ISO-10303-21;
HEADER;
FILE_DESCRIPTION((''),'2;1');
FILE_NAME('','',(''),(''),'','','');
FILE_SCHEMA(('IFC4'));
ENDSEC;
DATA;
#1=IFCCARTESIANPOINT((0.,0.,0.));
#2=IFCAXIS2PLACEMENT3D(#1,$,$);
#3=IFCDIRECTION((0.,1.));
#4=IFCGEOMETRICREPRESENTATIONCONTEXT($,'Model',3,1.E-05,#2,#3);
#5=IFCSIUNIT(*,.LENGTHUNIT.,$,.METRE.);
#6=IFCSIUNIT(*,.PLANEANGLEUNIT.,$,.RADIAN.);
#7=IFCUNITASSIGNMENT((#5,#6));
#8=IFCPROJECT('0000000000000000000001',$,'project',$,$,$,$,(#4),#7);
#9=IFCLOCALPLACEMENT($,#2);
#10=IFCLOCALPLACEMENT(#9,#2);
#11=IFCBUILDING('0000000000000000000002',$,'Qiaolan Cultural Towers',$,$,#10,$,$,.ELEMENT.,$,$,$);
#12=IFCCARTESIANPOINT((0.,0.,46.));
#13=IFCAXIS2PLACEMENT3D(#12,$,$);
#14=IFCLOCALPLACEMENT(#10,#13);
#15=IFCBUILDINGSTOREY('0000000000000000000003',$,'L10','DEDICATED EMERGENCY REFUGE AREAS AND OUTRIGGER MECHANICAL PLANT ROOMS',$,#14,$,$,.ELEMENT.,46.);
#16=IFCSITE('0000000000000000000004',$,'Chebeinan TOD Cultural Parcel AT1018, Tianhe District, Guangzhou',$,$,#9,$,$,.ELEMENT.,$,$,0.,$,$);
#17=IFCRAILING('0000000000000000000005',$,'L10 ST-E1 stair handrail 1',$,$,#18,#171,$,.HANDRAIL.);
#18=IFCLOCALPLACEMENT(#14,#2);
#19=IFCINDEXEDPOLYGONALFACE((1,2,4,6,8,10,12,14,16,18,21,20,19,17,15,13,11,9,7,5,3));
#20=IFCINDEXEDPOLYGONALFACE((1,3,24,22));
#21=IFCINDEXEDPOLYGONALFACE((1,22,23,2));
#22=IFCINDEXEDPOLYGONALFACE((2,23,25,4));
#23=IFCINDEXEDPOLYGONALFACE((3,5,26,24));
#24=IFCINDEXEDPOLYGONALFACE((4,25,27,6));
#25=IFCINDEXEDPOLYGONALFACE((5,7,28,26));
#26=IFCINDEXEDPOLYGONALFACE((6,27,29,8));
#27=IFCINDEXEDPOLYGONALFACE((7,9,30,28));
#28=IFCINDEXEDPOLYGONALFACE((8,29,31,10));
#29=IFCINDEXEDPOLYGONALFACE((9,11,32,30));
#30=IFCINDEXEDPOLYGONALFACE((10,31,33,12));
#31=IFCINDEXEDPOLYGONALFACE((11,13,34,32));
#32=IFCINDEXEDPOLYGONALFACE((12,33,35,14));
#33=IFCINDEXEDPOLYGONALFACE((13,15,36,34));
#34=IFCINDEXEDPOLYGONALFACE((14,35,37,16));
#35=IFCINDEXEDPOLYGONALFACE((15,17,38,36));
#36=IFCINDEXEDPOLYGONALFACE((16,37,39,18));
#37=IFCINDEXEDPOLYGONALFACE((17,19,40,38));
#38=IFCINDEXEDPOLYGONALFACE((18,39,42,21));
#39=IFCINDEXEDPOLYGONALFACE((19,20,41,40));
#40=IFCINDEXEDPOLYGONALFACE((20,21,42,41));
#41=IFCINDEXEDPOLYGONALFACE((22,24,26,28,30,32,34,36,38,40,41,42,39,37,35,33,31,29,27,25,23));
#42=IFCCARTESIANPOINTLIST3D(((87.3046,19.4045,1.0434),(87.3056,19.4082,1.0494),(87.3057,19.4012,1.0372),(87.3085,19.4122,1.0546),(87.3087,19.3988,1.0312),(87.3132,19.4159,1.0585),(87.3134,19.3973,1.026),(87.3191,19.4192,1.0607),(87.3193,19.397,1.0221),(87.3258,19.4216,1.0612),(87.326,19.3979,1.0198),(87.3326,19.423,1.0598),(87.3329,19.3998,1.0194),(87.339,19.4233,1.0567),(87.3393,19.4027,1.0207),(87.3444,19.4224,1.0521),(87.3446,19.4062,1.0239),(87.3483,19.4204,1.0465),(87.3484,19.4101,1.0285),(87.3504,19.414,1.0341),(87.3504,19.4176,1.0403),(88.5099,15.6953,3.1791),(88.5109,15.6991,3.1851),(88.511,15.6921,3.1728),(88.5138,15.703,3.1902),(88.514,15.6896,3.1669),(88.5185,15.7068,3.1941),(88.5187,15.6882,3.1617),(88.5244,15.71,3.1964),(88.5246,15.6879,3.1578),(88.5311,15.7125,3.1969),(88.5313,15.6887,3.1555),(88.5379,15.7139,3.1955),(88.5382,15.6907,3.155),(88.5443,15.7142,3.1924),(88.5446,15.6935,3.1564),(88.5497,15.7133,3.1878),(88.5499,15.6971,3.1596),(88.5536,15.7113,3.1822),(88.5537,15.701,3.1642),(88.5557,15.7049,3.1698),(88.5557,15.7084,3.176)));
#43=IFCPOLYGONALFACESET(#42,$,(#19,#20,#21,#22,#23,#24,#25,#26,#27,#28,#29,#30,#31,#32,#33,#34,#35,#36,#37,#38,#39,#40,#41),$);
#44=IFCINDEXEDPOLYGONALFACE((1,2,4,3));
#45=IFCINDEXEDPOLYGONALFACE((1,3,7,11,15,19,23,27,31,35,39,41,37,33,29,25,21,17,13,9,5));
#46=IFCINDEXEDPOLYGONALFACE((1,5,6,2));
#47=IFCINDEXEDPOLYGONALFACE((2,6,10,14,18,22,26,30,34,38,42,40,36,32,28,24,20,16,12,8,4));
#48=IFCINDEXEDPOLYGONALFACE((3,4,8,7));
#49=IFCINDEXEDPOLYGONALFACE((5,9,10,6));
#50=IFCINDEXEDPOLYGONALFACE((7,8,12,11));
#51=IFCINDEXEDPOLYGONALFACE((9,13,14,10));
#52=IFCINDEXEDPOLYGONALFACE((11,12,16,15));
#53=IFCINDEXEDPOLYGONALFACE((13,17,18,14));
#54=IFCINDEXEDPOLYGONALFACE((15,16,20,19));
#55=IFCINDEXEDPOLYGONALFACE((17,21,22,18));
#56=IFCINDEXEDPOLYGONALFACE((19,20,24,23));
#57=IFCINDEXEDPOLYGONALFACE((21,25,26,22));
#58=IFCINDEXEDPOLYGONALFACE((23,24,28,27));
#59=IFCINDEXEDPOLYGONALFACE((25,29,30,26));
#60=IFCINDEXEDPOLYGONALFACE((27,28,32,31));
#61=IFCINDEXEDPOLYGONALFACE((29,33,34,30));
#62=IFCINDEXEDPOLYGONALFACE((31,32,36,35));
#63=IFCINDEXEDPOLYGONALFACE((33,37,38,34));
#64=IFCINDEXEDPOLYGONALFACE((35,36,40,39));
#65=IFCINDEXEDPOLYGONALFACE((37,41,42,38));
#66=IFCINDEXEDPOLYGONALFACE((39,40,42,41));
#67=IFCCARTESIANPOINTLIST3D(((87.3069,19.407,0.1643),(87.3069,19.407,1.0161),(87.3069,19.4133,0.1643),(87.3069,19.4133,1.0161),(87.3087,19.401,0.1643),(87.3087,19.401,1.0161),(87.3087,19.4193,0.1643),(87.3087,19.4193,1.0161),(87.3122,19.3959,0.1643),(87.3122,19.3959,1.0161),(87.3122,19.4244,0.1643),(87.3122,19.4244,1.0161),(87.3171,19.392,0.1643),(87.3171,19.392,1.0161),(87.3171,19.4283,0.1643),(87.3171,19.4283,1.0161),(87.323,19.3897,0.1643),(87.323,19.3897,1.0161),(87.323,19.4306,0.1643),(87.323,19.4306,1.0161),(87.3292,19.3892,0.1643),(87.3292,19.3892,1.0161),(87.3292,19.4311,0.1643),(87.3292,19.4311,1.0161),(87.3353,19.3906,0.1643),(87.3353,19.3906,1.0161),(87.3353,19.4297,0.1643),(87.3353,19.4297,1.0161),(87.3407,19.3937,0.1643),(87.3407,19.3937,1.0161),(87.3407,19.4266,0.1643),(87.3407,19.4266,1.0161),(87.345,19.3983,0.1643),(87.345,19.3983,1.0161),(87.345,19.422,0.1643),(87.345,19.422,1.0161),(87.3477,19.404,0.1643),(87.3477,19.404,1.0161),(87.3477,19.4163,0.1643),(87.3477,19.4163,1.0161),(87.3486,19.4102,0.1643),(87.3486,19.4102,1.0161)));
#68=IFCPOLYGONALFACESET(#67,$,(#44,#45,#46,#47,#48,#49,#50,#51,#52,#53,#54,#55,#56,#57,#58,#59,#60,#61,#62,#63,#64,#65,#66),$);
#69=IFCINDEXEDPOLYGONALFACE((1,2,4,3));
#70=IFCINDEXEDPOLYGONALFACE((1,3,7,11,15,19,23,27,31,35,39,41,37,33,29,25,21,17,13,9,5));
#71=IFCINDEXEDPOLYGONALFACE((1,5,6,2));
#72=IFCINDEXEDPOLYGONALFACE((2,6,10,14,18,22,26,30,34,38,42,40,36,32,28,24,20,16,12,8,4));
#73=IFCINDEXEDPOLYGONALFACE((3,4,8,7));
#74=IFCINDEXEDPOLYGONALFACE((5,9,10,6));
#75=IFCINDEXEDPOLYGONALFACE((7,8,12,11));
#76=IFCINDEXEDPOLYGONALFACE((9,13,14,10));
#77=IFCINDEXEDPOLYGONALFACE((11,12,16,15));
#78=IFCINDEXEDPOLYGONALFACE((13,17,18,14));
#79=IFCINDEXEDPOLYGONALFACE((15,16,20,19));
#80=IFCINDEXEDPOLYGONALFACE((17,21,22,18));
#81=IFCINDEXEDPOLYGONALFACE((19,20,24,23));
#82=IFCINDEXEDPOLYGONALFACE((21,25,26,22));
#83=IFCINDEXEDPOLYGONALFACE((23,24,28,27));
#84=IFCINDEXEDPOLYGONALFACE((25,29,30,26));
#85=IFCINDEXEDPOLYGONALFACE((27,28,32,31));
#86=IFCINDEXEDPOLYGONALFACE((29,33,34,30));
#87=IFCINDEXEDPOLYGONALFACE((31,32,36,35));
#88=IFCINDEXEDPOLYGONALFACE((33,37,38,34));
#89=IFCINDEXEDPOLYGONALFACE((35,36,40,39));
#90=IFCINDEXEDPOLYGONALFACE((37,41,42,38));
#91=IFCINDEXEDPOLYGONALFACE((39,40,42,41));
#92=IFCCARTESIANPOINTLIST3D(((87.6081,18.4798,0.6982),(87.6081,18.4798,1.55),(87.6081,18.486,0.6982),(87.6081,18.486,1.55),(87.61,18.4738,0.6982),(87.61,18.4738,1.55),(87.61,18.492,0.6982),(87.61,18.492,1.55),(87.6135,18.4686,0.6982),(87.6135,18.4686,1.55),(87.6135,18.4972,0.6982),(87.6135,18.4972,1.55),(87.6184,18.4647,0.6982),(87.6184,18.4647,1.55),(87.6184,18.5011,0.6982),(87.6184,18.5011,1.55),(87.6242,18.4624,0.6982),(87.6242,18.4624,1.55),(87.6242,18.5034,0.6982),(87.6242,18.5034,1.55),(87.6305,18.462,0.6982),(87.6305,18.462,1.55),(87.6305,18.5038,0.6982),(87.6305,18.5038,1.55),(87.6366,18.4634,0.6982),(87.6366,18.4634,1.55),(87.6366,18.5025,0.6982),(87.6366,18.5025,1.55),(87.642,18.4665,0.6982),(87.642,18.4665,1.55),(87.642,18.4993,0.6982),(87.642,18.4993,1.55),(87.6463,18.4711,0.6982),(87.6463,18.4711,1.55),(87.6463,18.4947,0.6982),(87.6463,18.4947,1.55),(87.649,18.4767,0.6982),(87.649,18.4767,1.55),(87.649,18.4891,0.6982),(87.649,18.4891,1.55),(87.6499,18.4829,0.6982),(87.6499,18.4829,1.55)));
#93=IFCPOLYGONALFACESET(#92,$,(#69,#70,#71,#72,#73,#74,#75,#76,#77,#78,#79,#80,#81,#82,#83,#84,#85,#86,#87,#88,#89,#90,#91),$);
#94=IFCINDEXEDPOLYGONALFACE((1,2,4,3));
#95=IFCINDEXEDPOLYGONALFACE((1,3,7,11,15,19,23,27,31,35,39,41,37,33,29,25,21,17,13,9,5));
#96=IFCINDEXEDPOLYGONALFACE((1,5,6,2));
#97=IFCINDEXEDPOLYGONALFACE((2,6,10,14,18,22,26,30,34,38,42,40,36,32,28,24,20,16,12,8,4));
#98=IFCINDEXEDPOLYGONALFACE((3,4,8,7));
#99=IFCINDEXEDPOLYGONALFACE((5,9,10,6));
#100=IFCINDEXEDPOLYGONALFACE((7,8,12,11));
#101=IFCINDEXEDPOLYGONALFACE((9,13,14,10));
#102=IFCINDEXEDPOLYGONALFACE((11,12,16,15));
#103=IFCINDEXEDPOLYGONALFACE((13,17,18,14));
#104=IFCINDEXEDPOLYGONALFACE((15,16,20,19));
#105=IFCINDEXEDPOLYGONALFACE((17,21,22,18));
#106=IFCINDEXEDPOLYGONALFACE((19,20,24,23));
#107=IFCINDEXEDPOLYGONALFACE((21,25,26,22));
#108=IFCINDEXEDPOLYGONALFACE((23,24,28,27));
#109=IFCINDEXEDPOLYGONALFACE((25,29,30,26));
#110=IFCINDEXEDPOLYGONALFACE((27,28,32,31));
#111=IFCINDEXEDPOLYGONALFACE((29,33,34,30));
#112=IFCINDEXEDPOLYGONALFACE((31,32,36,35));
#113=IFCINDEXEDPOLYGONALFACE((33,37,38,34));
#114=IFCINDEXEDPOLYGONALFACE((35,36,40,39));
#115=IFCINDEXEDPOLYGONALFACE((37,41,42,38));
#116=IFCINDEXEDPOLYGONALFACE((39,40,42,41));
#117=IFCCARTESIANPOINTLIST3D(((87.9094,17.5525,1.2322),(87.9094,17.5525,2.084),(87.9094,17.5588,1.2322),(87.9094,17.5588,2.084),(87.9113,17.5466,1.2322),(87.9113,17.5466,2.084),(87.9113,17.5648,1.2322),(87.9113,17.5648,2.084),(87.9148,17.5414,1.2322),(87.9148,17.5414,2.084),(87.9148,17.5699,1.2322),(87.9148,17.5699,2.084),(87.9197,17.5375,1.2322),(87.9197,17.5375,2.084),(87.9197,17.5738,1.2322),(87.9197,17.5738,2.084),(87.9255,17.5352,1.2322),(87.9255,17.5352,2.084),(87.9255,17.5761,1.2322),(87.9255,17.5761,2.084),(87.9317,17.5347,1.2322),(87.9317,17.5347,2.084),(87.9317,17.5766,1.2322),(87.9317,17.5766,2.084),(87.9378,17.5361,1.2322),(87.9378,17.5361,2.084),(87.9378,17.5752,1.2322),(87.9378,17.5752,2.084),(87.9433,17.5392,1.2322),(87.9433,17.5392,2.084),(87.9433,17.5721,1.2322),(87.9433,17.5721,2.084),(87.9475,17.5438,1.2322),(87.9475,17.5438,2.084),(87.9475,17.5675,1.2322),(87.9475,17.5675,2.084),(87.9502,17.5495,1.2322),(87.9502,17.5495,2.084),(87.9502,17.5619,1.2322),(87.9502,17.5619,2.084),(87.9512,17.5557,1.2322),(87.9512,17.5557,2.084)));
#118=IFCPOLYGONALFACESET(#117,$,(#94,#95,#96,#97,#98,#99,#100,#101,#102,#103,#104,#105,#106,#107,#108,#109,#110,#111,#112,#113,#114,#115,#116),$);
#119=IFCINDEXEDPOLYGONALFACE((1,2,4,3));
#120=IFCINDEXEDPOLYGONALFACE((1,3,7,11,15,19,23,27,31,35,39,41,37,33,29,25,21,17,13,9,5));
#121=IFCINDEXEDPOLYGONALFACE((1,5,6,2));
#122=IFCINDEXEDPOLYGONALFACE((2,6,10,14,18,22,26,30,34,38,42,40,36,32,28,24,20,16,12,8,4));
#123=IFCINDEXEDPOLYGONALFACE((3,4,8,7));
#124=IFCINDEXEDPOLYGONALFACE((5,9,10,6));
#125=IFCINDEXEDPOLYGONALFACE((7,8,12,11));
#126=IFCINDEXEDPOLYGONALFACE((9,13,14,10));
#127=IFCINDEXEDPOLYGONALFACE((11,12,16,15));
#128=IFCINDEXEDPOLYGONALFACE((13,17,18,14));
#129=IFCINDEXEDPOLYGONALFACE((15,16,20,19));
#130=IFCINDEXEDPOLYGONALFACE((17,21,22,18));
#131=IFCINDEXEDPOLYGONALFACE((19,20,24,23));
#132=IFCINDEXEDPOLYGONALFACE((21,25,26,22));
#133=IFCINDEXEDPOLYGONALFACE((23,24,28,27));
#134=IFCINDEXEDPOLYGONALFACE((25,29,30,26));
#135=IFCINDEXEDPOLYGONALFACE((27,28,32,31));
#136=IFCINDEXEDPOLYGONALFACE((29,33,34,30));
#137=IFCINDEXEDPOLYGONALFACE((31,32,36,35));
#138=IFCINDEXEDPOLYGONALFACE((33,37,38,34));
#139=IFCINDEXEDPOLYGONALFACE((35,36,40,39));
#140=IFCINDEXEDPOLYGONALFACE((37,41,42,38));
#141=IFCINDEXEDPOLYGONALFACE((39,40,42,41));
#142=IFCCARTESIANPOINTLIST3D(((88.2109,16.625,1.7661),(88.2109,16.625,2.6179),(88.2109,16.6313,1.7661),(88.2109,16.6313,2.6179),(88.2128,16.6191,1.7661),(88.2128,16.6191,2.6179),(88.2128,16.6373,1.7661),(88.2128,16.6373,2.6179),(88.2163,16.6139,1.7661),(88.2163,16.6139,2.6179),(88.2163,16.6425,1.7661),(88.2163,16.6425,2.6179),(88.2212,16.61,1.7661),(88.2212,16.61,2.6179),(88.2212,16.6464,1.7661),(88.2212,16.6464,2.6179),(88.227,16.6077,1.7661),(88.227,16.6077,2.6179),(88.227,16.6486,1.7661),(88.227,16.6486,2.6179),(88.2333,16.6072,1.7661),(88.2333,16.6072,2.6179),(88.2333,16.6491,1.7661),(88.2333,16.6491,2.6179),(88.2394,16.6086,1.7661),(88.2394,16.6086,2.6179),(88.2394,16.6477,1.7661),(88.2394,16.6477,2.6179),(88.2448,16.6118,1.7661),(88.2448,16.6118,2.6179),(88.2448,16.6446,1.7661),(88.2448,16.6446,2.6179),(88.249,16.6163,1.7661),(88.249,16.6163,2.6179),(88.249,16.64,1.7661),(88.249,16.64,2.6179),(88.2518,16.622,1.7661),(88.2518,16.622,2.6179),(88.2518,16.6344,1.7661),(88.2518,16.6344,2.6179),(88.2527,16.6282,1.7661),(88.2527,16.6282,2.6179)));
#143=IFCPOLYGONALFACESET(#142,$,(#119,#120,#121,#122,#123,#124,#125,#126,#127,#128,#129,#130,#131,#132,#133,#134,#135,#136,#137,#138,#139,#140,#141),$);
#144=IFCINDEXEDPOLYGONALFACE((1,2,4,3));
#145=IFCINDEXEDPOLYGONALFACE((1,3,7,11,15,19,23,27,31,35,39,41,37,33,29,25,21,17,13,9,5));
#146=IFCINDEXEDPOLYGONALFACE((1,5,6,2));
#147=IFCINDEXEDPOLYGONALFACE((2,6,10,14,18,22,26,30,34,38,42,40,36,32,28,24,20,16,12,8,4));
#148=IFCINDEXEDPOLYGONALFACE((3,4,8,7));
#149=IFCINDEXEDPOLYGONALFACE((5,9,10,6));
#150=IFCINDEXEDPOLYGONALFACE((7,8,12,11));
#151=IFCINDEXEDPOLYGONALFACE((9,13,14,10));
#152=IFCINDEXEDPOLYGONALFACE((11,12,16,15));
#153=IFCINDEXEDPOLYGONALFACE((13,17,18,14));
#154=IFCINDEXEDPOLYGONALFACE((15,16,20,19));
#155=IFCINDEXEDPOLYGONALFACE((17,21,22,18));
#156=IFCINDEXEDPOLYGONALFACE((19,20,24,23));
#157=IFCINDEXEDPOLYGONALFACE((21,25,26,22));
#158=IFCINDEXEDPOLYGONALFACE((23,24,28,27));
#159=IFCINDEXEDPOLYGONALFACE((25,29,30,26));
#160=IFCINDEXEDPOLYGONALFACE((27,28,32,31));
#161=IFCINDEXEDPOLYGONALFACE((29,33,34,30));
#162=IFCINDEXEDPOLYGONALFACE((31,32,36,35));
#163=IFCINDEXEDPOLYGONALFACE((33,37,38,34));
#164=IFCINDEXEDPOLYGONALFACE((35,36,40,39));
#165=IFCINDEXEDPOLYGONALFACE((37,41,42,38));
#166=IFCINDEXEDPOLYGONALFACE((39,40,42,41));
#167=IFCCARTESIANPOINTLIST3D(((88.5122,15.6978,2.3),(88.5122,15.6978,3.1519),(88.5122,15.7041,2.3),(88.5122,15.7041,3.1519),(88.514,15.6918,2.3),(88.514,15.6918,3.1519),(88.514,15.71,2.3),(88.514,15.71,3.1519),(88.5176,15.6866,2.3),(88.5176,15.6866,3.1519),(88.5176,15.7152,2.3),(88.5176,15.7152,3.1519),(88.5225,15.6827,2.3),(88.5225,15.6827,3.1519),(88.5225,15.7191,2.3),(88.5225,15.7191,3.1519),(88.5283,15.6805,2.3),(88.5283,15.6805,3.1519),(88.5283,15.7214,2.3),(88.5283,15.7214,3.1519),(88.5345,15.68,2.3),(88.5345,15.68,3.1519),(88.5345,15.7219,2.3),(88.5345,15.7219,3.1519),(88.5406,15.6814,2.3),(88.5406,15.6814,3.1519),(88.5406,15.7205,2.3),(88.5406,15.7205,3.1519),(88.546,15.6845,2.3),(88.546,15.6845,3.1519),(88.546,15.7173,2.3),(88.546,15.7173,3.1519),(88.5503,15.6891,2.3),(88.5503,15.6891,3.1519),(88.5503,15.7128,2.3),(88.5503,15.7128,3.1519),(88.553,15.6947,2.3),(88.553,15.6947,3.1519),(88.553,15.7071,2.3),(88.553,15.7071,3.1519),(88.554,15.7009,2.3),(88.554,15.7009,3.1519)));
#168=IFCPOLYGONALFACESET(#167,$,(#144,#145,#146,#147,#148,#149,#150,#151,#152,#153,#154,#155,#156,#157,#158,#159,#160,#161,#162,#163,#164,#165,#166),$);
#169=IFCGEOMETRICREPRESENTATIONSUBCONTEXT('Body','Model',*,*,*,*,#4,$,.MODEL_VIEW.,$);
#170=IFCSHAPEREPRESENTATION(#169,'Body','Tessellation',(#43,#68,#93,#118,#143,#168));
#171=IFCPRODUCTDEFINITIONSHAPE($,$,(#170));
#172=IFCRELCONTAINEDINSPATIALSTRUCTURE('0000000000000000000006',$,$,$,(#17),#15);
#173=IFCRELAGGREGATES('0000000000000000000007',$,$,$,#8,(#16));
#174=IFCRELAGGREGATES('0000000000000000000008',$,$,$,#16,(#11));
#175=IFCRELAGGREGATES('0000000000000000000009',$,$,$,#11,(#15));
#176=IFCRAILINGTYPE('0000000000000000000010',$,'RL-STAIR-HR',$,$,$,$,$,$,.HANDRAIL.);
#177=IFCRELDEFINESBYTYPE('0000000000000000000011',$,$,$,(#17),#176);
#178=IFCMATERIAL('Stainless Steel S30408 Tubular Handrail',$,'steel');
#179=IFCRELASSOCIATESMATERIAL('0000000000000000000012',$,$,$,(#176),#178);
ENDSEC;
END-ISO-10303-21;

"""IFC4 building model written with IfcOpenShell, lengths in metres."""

from ifc_helpers import new_model, si_unit, direction, frame, origin, origin_2d, place, context, subcontext, project, spatial, circle, extrude, material, type_object, element, save


model = new_model("IFC4")

# Units and contexts
model_context = context("Model", 3, precision=1e-05, world=origin(), true_north=direction((0.0, 1.0)))
body_context = subcontext(model_context, "Body", "Model", "MODEL_VIEW")
ifc_project = project(units=[si_unit("LENGTHUNIT", "METRE"), si_unit("PLANEANGLEUNIT", "RADIAN")], contexts=[model_context])

# Site, building, storey
site_placement = place(None, origin())
site = spatial("IfcSite", under=ifc_project, at=site_placement, Name="Chebeinan TOD Cultural Parcel AT1018, Tianhe District, Guangzhou", CompositionType="ELEMENT", RefElevation=0.0)
building_placement = place(site_placement, origin())
building = spatial("IfcBuilding", under=site, at=building_placement, Name="Qiaolan Cultural Towers", CompositionType="ELEMENT")
storey_placement = place(building_placement, frame((0.0, 0.0, 46.0)))
storey = spatial("IfcBuildingStorey", under=building, at=storey_placement, Name="L10", Description="DEDICATED EMERGENCY REFUGE AREAS AND OUTRIGGER MECHANICAL PLANT ROOMS", CompositionType="ELEMENT", Elevation=46.0)

# Railing
ifc_material_1 = material(Name="Stainless Steel S30408 Tubular Handrail", Category="steel")
railing_type = type_object("IfcRailingType", Name="RL-STAIR-HR", PredefinedType="HANDRAIL", material=ifc_material_1)
railing_placement = place(storey_placement, frame((87.3276, 19.4102, 0.1643)))
element("IfcRailing", 1, at=railing_placement, inside=storey, type_object=railing_type, Name="L10 ST-E1 stair handrail 1", PredefinedType="HANDRAIL", context=body_context, shape_type="SweptSolid", body=[
    extrude(circle(Radius=0.0239, at=origin_2d()), frame((0.0, 0.0, 0.876), z_axis=(0.271064, -0.834165, 0.480305), x_axis=(0.951047, 0.309045, 0.0)), (0.0, 0.0, 1.0), 4.4465),
    extrude(circle(Radius=0.021, at=origin_2d()), origin(), (0.0, 0.0, 1.0), 0.8518),
    extrude(circle(Radius=0.021, at=origin_2d()), frame((0.3013, -0.9272, 0.5339)), (0.0, 0.0, 1.0), 0.8518),
    extrude(circle(Radius=0.021, at=origin_2d()), frame((0.6025, -1.8545, 1.0679)), (0.0, 0.0, 1.0), 0.8518),
    extrude(circle(Radius=0.021, at=origin_2d()), frame((0.9041, -2.782, 1.6018)), (0.0, 0.0, 1.0), 0.8518),
    extrude(circle(Radius=0.021, at=origin_2d()), frame((1.2053, -3.7092, 2.1357)), (0.0, 0.0, 1.0), 0.8518),
])

save(model, "model.ifc")
